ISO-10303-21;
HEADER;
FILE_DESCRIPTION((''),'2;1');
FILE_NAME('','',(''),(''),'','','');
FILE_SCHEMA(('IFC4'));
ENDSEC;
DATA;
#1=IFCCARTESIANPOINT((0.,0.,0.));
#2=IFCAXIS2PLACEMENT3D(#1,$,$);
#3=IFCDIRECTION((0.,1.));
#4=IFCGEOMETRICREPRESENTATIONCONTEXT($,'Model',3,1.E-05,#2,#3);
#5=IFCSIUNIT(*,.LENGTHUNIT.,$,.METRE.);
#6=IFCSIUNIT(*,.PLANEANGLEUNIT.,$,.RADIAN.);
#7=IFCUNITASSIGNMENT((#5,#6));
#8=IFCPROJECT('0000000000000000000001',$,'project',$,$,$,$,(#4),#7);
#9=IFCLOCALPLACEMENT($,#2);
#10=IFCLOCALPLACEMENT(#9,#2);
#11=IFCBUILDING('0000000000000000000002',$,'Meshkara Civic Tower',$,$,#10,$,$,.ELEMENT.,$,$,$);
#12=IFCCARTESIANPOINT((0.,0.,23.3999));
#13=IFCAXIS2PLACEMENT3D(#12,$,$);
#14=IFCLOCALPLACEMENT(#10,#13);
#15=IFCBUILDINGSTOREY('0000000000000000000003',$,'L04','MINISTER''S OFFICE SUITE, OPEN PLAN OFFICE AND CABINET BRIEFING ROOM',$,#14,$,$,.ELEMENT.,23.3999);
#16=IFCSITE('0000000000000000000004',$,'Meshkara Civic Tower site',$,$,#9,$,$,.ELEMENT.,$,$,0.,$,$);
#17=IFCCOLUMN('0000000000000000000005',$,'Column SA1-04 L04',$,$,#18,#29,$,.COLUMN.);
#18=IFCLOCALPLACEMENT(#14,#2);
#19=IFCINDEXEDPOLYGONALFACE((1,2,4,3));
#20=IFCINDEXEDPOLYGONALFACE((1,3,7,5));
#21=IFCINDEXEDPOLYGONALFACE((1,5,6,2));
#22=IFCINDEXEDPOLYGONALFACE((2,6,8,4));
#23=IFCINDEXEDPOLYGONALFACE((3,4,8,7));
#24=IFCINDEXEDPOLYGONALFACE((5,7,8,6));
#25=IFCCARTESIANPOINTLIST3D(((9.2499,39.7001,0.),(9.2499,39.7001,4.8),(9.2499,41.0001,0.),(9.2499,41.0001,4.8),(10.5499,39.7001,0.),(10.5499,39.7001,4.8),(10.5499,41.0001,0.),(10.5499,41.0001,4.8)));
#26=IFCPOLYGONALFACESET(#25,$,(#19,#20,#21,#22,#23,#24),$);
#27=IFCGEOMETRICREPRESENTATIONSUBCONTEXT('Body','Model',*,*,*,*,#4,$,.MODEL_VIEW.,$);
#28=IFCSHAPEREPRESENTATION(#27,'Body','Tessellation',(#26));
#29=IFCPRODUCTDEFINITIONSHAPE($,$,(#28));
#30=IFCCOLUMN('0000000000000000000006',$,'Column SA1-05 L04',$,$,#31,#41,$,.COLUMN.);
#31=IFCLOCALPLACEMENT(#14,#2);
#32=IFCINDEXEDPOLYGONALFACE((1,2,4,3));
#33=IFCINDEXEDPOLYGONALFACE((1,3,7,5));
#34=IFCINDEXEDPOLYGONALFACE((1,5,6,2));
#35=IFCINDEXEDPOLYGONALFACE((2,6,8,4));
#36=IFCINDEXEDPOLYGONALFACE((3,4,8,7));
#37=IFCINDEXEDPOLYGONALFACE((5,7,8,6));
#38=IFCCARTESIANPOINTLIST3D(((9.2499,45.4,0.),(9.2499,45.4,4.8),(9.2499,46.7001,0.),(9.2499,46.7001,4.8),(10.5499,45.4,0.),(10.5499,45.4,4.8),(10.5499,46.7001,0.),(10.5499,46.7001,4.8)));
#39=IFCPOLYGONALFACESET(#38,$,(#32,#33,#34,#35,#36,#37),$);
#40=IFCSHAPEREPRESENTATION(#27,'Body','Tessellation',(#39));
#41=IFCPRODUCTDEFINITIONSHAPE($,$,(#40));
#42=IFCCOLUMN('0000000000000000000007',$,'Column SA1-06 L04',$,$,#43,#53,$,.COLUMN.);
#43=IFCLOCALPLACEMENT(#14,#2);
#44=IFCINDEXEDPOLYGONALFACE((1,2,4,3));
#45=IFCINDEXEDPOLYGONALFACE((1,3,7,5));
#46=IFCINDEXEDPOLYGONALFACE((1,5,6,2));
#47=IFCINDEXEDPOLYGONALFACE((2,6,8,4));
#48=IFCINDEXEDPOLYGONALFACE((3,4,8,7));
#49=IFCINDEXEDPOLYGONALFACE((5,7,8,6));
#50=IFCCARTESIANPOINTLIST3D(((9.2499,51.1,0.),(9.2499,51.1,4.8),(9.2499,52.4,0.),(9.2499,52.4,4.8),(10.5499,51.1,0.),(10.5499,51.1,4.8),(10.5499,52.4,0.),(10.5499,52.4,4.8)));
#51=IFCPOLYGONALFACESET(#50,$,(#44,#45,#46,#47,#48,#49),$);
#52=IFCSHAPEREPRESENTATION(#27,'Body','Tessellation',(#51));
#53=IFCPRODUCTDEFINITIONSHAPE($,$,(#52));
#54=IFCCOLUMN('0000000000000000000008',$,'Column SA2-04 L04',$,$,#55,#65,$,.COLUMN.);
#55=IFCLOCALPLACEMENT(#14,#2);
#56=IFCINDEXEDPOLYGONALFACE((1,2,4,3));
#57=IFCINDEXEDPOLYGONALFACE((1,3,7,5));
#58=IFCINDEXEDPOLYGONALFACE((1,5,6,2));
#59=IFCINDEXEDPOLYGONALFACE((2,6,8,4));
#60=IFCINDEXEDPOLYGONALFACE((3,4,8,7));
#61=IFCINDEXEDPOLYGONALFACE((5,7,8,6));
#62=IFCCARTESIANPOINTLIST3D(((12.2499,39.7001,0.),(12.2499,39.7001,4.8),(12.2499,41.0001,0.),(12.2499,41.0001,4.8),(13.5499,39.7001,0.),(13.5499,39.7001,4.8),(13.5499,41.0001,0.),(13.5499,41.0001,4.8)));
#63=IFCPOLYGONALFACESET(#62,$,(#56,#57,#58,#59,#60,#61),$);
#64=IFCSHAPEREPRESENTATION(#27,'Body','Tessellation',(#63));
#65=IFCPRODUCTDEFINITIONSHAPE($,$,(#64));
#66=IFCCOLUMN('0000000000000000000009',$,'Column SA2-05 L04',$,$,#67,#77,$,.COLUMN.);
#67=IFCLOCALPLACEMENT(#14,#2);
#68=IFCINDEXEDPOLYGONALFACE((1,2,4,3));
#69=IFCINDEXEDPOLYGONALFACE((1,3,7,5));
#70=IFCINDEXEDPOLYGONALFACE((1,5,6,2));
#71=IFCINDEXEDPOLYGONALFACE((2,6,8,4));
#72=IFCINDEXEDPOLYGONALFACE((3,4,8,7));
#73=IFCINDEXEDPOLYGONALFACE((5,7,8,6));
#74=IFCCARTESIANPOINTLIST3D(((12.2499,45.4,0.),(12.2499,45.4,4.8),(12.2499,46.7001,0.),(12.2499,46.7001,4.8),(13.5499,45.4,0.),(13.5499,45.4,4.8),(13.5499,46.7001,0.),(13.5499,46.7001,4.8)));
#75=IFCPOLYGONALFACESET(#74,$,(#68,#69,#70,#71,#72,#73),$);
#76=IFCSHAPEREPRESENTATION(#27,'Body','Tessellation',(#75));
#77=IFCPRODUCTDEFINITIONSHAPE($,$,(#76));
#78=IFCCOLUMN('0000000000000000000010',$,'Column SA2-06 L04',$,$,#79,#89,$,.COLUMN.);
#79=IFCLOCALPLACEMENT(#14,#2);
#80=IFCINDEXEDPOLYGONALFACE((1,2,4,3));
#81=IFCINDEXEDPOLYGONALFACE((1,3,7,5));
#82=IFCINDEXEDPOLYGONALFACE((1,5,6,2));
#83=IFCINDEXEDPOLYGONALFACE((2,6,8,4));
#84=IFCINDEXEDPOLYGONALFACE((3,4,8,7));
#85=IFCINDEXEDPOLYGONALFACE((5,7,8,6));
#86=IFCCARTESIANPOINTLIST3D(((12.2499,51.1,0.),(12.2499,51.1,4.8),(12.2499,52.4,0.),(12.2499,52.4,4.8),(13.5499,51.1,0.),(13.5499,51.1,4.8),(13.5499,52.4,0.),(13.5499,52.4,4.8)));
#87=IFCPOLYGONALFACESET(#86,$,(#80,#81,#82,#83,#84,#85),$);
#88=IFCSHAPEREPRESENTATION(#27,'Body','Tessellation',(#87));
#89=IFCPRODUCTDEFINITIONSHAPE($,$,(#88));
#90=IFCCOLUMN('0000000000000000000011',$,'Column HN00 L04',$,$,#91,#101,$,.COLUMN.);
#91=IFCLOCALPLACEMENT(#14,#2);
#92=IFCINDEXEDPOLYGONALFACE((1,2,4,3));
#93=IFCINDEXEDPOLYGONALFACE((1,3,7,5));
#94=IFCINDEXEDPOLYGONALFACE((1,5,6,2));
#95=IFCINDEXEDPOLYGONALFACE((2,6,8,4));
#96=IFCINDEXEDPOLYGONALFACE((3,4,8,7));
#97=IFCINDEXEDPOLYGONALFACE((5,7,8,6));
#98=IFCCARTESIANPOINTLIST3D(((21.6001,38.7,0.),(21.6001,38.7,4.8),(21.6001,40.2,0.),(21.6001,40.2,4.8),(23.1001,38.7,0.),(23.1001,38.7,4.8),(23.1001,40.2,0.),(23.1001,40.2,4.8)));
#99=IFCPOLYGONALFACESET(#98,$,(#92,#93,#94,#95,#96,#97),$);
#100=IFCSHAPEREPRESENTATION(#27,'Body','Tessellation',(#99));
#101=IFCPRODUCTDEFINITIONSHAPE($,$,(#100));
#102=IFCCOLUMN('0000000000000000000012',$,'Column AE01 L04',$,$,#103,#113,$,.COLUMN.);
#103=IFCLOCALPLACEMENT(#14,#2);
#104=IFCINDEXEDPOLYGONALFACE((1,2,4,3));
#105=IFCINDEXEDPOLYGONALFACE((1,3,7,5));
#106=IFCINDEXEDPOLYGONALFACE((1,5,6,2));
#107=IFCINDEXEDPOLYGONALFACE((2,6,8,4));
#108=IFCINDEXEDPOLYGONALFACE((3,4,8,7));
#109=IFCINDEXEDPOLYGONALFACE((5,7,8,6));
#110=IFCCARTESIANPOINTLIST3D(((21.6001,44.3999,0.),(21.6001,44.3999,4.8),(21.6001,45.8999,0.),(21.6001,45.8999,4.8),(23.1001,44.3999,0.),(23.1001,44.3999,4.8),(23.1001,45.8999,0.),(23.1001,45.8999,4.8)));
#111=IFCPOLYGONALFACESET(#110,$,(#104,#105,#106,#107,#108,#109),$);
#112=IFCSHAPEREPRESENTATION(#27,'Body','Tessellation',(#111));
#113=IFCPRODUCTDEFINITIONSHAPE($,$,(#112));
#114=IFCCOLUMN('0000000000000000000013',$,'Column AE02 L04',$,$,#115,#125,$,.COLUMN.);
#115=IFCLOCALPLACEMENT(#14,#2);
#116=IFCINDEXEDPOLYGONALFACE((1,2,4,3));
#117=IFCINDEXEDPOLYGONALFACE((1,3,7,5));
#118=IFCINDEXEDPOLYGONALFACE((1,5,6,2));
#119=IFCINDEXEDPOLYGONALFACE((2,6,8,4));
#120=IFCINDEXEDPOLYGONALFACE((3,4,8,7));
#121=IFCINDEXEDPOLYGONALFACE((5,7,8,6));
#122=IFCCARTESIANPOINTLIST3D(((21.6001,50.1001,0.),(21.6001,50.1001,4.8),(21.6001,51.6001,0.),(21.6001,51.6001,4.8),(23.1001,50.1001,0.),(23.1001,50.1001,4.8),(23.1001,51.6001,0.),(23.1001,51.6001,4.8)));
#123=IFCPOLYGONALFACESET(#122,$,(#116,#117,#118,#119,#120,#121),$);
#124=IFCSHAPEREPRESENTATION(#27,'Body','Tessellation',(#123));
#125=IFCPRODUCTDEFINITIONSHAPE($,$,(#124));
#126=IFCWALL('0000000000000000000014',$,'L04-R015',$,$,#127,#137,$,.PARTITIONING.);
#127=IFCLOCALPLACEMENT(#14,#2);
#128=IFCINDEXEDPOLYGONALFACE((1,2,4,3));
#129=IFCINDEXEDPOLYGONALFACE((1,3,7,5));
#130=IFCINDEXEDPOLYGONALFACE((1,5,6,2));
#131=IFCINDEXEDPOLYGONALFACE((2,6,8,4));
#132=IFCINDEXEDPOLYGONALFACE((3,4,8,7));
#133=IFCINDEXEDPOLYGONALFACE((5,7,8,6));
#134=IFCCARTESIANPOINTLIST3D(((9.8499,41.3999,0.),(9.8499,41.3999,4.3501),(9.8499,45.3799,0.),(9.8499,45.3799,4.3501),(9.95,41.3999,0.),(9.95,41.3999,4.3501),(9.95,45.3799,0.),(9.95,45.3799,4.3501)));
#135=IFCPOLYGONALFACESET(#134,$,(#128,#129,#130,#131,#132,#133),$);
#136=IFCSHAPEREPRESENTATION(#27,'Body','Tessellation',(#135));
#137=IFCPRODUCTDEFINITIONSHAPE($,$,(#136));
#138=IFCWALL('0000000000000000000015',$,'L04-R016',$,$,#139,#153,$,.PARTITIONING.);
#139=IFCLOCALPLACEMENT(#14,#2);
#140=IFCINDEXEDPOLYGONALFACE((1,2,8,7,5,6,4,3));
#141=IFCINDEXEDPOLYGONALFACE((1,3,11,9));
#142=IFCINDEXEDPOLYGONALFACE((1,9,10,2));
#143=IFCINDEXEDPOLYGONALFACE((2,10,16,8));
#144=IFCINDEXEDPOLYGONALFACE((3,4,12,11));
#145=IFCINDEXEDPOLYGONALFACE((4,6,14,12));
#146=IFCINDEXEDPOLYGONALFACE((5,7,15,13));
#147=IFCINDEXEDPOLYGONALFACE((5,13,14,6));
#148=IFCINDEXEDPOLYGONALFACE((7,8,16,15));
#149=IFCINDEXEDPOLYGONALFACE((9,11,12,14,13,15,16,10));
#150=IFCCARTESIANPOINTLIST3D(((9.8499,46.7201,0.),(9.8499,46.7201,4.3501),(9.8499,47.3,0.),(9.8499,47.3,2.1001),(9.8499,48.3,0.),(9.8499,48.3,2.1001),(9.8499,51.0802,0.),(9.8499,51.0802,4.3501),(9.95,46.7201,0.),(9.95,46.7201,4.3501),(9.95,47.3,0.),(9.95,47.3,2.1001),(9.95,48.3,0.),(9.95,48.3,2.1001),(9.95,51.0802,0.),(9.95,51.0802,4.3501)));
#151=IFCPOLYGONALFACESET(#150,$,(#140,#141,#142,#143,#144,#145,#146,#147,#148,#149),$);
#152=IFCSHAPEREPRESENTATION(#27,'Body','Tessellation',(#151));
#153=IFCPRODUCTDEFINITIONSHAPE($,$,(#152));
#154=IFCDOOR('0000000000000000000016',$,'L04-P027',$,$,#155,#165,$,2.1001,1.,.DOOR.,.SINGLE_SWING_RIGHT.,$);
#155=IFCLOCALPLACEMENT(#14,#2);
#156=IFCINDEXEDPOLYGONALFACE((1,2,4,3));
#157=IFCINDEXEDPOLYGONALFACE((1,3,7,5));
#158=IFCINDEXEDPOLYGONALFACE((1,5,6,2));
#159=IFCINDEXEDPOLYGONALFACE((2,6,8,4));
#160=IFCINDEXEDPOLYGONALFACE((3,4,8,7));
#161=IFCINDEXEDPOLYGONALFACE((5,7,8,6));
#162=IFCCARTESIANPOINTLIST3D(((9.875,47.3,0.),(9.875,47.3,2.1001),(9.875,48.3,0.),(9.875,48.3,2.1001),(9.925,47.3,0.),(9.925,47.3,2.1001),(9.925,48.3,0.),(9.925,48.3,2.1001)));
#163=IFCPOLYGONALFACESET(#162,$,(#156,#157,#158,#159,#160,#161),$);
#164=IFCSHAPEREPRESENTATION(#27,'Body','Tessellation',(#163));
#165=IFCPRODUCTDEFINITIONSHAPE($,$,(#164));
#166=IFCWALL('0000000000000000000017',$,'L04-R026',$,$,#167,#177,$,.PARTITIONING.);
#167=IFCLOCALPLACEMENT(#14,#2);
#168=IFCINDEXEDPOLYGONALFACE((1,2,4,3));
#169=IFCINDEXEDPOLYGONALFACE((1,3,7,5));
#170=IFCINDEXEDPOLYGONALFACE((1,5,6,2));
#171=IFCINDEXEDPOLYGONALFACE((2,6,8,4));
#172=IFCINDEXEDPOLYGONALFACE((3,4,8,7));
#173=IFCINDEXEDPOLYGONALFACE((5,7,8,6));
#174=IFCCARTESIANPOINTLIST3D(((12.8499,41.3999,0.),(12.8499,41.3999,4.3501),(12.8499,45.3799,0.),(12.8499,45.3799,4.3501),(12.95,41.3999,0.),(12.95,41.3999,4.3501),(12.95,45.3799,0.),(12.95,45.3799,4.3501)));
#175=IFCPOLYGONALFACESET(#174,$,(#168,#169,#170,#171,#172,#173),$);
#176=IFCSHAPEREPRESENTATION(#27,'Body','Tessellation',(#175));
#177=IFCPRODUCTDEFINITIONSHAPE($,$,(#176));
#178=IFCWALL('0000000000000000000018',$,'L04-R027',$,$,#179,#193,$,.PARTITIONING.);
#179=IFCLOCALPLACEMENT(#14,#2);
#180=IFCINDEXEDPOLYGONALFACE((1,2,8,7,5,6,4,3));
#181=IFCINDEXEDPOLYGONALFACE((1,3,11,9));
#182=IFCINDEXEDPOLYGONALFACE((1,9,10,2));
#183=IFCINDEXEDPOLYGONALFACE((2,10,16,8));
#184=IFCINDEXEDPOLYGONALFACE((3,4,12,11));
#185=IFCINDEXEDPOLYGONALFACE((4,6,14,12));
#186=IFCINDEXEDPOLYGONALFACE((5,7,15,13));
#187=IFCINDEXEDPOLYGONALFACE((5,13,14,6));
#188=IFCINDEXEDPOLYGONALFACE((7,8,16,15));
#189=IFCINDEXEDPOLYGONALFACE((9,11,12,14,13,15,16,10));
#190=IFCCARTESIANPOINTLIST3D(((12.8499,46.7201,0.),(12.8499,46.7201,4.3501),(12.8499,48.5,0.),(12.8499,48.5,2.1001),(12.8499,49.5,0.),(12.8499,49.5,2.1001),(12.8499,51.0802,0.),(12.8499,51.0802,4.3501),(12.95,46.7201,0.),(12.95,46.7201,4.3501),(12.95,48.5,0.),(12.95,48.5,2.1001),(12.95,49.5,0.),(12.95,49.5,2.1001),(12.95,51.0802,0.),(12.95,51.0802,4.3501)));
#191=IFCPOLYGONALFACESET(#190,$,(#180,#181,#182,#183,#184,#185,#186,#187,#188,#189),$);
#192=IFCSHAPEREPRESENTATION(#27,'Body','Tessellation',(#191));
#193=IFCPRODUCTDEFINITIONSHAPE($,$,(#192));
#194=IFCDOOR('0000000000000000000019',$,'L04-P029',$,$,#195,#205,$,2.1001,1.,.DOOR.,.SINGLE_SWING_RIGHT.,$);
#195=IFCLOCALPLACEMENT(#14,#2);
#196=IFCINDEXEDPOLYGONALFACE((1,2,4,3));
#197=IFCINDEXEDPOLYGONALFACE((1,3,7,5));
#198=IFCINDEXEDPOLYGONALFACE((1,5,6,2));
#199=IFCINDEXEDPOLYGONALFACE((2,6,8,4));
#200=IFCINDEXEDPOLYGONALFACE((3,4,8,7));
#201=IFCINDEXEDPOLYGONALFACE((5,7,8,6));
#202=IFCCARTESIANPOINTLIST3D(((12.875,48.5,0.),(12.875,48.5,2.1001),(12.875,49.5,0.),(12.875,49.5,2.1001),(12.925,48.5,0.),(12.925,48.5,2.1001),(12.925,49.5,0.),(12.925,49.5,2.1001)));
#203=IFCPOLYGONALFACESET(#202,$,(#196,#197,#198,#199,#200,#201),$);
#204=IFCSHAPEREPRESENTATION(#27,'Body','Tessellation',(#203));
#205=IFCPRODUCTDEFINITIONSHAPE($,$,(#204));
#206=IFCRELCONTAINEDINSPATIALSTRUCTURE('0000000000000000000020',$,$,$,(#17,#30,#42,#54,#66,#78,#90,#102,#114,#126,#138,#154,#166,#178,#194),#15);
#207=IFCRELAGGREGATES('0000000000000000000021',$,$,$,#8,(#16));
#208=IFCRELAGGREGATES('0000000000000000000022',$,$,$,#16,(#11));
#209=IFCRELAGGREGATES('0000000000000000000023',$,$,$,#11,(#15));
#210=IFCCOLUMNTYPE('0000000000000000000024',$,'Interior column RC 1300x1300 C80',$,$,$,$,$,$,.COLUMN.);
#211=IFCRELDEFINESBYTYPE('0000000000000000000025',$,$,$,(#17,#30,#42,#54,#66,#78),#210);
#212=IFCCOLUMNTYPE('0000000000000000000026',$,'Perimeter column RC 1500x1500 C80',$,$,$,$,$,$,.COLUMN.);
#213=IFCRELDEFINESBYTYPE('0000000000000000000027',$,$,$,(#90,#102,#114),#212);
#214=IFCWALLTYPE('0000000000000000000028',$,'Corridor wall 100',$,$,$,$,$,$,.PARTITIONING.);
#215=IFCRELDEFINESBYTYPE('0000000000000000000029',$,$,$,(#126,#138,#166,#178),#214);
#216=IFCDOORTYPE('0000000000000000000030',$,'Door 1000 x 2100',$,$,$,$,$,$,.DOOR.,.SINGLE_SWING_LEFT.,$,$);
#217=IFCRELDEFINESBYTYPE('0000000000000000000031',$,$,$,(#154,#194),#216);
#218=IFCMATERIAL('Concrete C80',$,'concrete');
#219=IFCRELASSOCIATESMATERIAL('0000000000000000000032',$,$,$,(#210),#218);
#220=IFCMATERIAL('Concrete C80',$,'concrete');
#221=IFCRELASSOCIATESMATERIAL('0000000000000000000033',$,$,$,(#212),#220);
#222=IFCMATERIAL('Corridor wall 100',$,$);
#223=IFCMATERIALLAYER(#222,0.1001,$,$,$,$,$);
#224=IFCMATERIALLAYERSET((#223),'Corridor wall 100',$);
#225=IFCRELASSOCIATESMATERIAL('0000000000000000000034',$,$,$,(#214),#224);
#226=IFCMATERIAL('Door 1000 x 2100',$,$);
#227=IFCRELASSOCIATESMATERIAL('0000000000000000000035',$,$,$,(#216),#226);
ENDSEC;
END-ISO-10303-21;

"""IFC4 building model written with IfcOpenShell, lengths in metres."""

from ifc_helpers import new_model, si_unit, direction, frame, frame_2d, origin, origin_2d, place, context, subcontext, project, spatial, rectangle, extrude, material, layer, layer_set, material_profile, profile_set, type_object, element, fill, save


model = new_model("IFC4")

# Units and contexts
model_context = context("Model", 3, precision=1e-05, world=origin(), true_north=direction((0.0, 1.0)))
body_context = subcontext(model_context, "Body", "Model", "MODEL_VIEW")
ifc_project = project(units=[si_unit("LENGTHUNIT", "METRE"), si_unit("PLANEANGLEUNIT", "RADIAN")], contexts=[model_context])

# Site, building, storey
site_placement = place(None, origin())
site = spatial("IfcSite", under=ifc_project, at=site_placement, Name="Meshkara Civic Tower site", CompositionType="ELEMENT", RefElevation=0.0)
building_placement = place(site_placement, origin())
building = spatial("IfcBuilding", under=site, at=building_placement, Name="Meshkara Civic Tower", CompositionType="ELEMENT")
storey_placement = place(building_placement, frame((0.0, 0.0, 23.3999)))
storey = spatial("IfcBuildingStorey", under=building, at=storey_placement, Name="L04", Description="MINISTER'S OFFICE SUITE, OPEN PLAN OFFICE AND CABINET BRIEFING ROOM", CompositionType="ELEMENT", Elevation=23.3999)

# Columns
ifc_material_1 = material(Name="Concrete C80", Category="concrete")
ifc_material_profile_1 = material_profile(ifc_material_1, rectangle(XDim=1.3, YDim=1.3, at=origin_2d()))
ifc_profile_set_1 = profile_set([ifc_material_profile_1], Name="Concrete C80")
column_type_1 = type_object("IfcColumnType", Name="Interior column RC 1300x1300 C80", PredefinedType="COLUMN", material=ifc_profile_set_1)
for number, where, z_axis, x_axis, name in (
    (1, (9.8999, 40.3501, 0.0), (0.0, 0.0, 1.0), (1.0, 0.0, 0.0), "Column SA1-04 L04"),
    (2, (9.8999, 46.05, 0.0), (0.0, 0.0, 1.0), (1.0, 0.0, 0.0), "Column SA1-05 L04"),
    (3, (9.8999, 51.75, 0.0), (0.0, 0.0, 1.0), (1.0, 0.0, 0.0), "Column SA1-06 L04"),
    (4, (12.8999, 40.3501, 0.0), (0.0, 0.0, 1.0), (1.0, 0.0, 0.0), "Column SA2-04 L04"),
    (5, (12.8999, 46.05, 0.0), (0.0, 0.0, 1.0), (1.0, 0.0, 0.0), "Column SA2-05 L04"),
    (6, (12.8999, 51.75, 0.0), (0.0, 0.0, 1.0), (1.0, 0.0, 0.0), "Column SA2-06 L04"),
):
    element("IfcColumn", number, at=place(storey_placement, frame(where, z_axis=z_axis, x_axis=x_axis)), inside=storey, type_object=column_type_1, Name=name, PredefinedType="COLUMN", context=body_context, shape_type="SweptSolid", body=[
        extrude(rectangle(XDim=1.3, YDim=1.3, at=origin_2d()), origin(), (0.0, 0.0, 1.0), 4.8),
    ])
ifc_material_2 = material(Name="Concrete C80", Category="concrete")
ifc_material_profile_2 = material_profile(ifc_material_2, rectangle(XDim=1.5, YDim=1.5, at=origin_2d()))
ifc_profile_set_2 = profile_set([ifc_material_profile_2], Name="Concrete C80")
column_type_2 = type_object("IfcColumnType", Name="Perimeter column RC 1500x1500 C80", PredefinedType="COLUMN", material=ifc_profile_set_2)
for number, where, z_axis, x_axis, name in (
    (7, (22.3501, 39.45, 0.0), (0.0, 0.0, 1.0), (1.0, 0.0, 0.0), "Column HN00 L04"),
    (8, (22.3501, 45.1499, 0.0), (0.0, 0.0, 1.0), (1.0, 0.0, 0.0), "Column AE01 L04"),
    (9, (22.3501, 50.8501, 0.0), (0.0, 0.0, 1.0), (1.0, 0.0, 0.0), "Column AE02 L04"),
):
    element("IfcColumn", number, at=place(storey_placement, frame(where, z_axis=z_axis, x_axis=x_axis)), inside=storey, type_object=column_type_2, Name=name, PredefinedType="COLUMN", context=body_context, shape_type="SweptSolid", body=[
        extrude(rectangle(XDim=1.5, YDim=1.5, at=origin_2d()), origin(), (0.0, 0.0, 1.0), 4.8),
    ])

# Wall
ifc_material_3 = material(Name="Corridor wall 100")
ifc_layer_1 = layer(ifc_material_3, 0.1001)
ifc_layer_set_1 = layer_set([ifc_layer_1], Name="Corridor wall 100")
wall_type_1 = type_object("IfcWallType", Name="Corridor wall 100", PredefinedType="PARTITIONING", material=ifc_layer_set_1)
wall_1_placement = place(storey_placement, frame((9.8999, 45.3799, 0.0), z_axis=(0.0, 0.0, 1.0), x_axis=(0.0, -1.0, 0.0)))
element("IfcWall", 10, at=wall_1_placement, inside=storey, type_object=wall_type_1, Name="L04-R015", PredefinedType="PARTITIONING", context=body_context, shape_type="SweptSolid", body=[
    extrude(rectangle(XDim=3.98, YDim=0.1001, at=frame_2d((1.99, 0.0))), origin(), (0.0, 0.0, 1.0), 4.3501),
])

# Wall, opening, door
wall_2_placement = place(storey_placement, frame((9.8999, 46.72, 0.0), z_axis=(0.0, 0.0, 1.0), x_axis=(0.0, 1.0, 0.0)))
wall_2 = element("IfcWall", 11, at=wall_2_placement, inside=storey, type_object=wall_type_1, Name="L04-R016", PredefinedType="PARTITIONING", context=body_context, shape_type="SweptSolid", body=[
    extrude(rectangle(XDim=4.3601, YDim=0.1001, at=frame_2d((2.1802, 0.0))), origin(), (0.0, 0.0, 1.0), 4.3501),
])
opening_1_placement = place(wall_2_placement, frame((0.5801, 0.0, 0.0)))
opening_1 = element("IfcOpeningElement", 12, at=opening_1_placement, cuts=wall_2, PredefinedType="OPENING", context=body_context, shape_type="SweptSolid", body=[
    extrude(rectangle(XDim=1.0, YDim=2.1001, at=frame_2d((0.5, 1.05))), frame((0.0, 0.0601, 0.0), z_axis=(0.0, -1.0, 0.0), x_axis=(1.0, 0.0, 0.0)), (0.0, 0.0, 1.0), 0.1201),
])
ifc_material_4 = material(Name="Door 1000 x 2100")
door_type_1 = type_object("IfcDoorType", Name="Door 1000 x 2100", OperationType="SINGLE_SWING_LEFT", PredefinedType="DOOR", material=ifc_material_4)
door_1_placement = place(opening_1_placement, origin())
door_1 = element("IfcDoor", 13, at=door_1_placement, inside=storey, type_object=door_type_1, Name="L04-P027", OperationType="SINGLE_SWING_RIGHT", OverallHeight=2.1001, OverallWidth=1.0, PredefinedType="DOOR", context=body_context, shape_type="SweptSolid", body=[
    extrude(rectangle(XDim=1.0, YDim=2.1001, at=frame_2d((0.5, 1.05))), frame((0.0, 0.0249, 0.0), z_axis=(0.0, -1.0, 0.0), x_axis=(1.0, 0.0, 0.0)), (0.0, 0.0, 1.0), 0.05),
])
fill(opening_1, door_1)

# Wall
wall_3_placement = place(storey_placement, frame((12.8999, 41.3999, 0.0), z_axis=(0.0, 0.0, 1.0), x_axis=(0.0, 1.0, 0.0)))
element("IfcWall", 14, at=wall_3_placement, inside=storey, type_object=wall_type_1, Name="L04-R026", PredefinedType="PARTITIONING", context=body_context, shape_type="SweptSolid", body=[
    extrude(rectangle(XDim=3.98, YDim=0.1001, at=frame_2d((1.99, 0.0))), origin(), (0.0, 0.0, 1.0), 4.3501),
])

# Wall, opening, door
wall_4_placement = place(storey_placement, frame((12.8999, 46.72, 0.0), z_axis=(0.0, 0.0, 1.0), x_axis=(0.0, 1.0, 0.0)))
wall_4 = element("IfcWall", 15, at=wall_4_placement, inside=storey, type_object=wall_type_1, Name="L04-R027", PredefinedType="PARTITIONING", context=body_context, shape_type="SweptSolid", body=[
    extrude(rectangle(XDim=4.3601, YDim=0.1001, at=frame_2d((2.1802, 0.0))), origin(), (0.0, 0.0, 1.0), 4.3501),
])
opening_2_placement = place(wall_4_placement, frame((1.78, 0.0, 0.0)))
opening_2 = element("IfcOpeningElement", 16, at=opening_2_placement, cuts=wall_4, PredefinedType="OPENING", context=body_context, shape_type="SweptSolid", body=[
    extrude(rectangle(XDim=1.0, YDim=2.1001, at=frame_2d((0.5, 1.05))), frame((0.0, 0.0601, 0.0), z_axis=(0.0, -1.0, 0.0), x_axis=(1.0, 0.0, 0.0)), (0.0, 0.0, 1.0), 0.1201),
])
door_2_placement = place(opening_2_placement, origin())
door_2 = element("IfcDoor", 17, at=door_2_placement, inside=storey, type_object=door_type_1, Name="L04-P029", OperationType="SINGLE_SWING_RIGHT", OverallHeight=2.1001, OverallWidth=1.0, PredefinedType="DOOR", context=body_context, shape_type="SweptSolid", body=[
    extrude(rectangle(XDim=1.0, YDim=2.1001, at=frame_2d((0.5, 1.05))), frame((0.0, 0.0249, 0.0), z_axis=(0.0, -1.0, 0.0), x_axis=(1.0, 0.0, 0.0)), (0.0, 0.0, 1.0), 0.05),
])
fill(opening_2, door_2)

save(model, "model.ifc")
